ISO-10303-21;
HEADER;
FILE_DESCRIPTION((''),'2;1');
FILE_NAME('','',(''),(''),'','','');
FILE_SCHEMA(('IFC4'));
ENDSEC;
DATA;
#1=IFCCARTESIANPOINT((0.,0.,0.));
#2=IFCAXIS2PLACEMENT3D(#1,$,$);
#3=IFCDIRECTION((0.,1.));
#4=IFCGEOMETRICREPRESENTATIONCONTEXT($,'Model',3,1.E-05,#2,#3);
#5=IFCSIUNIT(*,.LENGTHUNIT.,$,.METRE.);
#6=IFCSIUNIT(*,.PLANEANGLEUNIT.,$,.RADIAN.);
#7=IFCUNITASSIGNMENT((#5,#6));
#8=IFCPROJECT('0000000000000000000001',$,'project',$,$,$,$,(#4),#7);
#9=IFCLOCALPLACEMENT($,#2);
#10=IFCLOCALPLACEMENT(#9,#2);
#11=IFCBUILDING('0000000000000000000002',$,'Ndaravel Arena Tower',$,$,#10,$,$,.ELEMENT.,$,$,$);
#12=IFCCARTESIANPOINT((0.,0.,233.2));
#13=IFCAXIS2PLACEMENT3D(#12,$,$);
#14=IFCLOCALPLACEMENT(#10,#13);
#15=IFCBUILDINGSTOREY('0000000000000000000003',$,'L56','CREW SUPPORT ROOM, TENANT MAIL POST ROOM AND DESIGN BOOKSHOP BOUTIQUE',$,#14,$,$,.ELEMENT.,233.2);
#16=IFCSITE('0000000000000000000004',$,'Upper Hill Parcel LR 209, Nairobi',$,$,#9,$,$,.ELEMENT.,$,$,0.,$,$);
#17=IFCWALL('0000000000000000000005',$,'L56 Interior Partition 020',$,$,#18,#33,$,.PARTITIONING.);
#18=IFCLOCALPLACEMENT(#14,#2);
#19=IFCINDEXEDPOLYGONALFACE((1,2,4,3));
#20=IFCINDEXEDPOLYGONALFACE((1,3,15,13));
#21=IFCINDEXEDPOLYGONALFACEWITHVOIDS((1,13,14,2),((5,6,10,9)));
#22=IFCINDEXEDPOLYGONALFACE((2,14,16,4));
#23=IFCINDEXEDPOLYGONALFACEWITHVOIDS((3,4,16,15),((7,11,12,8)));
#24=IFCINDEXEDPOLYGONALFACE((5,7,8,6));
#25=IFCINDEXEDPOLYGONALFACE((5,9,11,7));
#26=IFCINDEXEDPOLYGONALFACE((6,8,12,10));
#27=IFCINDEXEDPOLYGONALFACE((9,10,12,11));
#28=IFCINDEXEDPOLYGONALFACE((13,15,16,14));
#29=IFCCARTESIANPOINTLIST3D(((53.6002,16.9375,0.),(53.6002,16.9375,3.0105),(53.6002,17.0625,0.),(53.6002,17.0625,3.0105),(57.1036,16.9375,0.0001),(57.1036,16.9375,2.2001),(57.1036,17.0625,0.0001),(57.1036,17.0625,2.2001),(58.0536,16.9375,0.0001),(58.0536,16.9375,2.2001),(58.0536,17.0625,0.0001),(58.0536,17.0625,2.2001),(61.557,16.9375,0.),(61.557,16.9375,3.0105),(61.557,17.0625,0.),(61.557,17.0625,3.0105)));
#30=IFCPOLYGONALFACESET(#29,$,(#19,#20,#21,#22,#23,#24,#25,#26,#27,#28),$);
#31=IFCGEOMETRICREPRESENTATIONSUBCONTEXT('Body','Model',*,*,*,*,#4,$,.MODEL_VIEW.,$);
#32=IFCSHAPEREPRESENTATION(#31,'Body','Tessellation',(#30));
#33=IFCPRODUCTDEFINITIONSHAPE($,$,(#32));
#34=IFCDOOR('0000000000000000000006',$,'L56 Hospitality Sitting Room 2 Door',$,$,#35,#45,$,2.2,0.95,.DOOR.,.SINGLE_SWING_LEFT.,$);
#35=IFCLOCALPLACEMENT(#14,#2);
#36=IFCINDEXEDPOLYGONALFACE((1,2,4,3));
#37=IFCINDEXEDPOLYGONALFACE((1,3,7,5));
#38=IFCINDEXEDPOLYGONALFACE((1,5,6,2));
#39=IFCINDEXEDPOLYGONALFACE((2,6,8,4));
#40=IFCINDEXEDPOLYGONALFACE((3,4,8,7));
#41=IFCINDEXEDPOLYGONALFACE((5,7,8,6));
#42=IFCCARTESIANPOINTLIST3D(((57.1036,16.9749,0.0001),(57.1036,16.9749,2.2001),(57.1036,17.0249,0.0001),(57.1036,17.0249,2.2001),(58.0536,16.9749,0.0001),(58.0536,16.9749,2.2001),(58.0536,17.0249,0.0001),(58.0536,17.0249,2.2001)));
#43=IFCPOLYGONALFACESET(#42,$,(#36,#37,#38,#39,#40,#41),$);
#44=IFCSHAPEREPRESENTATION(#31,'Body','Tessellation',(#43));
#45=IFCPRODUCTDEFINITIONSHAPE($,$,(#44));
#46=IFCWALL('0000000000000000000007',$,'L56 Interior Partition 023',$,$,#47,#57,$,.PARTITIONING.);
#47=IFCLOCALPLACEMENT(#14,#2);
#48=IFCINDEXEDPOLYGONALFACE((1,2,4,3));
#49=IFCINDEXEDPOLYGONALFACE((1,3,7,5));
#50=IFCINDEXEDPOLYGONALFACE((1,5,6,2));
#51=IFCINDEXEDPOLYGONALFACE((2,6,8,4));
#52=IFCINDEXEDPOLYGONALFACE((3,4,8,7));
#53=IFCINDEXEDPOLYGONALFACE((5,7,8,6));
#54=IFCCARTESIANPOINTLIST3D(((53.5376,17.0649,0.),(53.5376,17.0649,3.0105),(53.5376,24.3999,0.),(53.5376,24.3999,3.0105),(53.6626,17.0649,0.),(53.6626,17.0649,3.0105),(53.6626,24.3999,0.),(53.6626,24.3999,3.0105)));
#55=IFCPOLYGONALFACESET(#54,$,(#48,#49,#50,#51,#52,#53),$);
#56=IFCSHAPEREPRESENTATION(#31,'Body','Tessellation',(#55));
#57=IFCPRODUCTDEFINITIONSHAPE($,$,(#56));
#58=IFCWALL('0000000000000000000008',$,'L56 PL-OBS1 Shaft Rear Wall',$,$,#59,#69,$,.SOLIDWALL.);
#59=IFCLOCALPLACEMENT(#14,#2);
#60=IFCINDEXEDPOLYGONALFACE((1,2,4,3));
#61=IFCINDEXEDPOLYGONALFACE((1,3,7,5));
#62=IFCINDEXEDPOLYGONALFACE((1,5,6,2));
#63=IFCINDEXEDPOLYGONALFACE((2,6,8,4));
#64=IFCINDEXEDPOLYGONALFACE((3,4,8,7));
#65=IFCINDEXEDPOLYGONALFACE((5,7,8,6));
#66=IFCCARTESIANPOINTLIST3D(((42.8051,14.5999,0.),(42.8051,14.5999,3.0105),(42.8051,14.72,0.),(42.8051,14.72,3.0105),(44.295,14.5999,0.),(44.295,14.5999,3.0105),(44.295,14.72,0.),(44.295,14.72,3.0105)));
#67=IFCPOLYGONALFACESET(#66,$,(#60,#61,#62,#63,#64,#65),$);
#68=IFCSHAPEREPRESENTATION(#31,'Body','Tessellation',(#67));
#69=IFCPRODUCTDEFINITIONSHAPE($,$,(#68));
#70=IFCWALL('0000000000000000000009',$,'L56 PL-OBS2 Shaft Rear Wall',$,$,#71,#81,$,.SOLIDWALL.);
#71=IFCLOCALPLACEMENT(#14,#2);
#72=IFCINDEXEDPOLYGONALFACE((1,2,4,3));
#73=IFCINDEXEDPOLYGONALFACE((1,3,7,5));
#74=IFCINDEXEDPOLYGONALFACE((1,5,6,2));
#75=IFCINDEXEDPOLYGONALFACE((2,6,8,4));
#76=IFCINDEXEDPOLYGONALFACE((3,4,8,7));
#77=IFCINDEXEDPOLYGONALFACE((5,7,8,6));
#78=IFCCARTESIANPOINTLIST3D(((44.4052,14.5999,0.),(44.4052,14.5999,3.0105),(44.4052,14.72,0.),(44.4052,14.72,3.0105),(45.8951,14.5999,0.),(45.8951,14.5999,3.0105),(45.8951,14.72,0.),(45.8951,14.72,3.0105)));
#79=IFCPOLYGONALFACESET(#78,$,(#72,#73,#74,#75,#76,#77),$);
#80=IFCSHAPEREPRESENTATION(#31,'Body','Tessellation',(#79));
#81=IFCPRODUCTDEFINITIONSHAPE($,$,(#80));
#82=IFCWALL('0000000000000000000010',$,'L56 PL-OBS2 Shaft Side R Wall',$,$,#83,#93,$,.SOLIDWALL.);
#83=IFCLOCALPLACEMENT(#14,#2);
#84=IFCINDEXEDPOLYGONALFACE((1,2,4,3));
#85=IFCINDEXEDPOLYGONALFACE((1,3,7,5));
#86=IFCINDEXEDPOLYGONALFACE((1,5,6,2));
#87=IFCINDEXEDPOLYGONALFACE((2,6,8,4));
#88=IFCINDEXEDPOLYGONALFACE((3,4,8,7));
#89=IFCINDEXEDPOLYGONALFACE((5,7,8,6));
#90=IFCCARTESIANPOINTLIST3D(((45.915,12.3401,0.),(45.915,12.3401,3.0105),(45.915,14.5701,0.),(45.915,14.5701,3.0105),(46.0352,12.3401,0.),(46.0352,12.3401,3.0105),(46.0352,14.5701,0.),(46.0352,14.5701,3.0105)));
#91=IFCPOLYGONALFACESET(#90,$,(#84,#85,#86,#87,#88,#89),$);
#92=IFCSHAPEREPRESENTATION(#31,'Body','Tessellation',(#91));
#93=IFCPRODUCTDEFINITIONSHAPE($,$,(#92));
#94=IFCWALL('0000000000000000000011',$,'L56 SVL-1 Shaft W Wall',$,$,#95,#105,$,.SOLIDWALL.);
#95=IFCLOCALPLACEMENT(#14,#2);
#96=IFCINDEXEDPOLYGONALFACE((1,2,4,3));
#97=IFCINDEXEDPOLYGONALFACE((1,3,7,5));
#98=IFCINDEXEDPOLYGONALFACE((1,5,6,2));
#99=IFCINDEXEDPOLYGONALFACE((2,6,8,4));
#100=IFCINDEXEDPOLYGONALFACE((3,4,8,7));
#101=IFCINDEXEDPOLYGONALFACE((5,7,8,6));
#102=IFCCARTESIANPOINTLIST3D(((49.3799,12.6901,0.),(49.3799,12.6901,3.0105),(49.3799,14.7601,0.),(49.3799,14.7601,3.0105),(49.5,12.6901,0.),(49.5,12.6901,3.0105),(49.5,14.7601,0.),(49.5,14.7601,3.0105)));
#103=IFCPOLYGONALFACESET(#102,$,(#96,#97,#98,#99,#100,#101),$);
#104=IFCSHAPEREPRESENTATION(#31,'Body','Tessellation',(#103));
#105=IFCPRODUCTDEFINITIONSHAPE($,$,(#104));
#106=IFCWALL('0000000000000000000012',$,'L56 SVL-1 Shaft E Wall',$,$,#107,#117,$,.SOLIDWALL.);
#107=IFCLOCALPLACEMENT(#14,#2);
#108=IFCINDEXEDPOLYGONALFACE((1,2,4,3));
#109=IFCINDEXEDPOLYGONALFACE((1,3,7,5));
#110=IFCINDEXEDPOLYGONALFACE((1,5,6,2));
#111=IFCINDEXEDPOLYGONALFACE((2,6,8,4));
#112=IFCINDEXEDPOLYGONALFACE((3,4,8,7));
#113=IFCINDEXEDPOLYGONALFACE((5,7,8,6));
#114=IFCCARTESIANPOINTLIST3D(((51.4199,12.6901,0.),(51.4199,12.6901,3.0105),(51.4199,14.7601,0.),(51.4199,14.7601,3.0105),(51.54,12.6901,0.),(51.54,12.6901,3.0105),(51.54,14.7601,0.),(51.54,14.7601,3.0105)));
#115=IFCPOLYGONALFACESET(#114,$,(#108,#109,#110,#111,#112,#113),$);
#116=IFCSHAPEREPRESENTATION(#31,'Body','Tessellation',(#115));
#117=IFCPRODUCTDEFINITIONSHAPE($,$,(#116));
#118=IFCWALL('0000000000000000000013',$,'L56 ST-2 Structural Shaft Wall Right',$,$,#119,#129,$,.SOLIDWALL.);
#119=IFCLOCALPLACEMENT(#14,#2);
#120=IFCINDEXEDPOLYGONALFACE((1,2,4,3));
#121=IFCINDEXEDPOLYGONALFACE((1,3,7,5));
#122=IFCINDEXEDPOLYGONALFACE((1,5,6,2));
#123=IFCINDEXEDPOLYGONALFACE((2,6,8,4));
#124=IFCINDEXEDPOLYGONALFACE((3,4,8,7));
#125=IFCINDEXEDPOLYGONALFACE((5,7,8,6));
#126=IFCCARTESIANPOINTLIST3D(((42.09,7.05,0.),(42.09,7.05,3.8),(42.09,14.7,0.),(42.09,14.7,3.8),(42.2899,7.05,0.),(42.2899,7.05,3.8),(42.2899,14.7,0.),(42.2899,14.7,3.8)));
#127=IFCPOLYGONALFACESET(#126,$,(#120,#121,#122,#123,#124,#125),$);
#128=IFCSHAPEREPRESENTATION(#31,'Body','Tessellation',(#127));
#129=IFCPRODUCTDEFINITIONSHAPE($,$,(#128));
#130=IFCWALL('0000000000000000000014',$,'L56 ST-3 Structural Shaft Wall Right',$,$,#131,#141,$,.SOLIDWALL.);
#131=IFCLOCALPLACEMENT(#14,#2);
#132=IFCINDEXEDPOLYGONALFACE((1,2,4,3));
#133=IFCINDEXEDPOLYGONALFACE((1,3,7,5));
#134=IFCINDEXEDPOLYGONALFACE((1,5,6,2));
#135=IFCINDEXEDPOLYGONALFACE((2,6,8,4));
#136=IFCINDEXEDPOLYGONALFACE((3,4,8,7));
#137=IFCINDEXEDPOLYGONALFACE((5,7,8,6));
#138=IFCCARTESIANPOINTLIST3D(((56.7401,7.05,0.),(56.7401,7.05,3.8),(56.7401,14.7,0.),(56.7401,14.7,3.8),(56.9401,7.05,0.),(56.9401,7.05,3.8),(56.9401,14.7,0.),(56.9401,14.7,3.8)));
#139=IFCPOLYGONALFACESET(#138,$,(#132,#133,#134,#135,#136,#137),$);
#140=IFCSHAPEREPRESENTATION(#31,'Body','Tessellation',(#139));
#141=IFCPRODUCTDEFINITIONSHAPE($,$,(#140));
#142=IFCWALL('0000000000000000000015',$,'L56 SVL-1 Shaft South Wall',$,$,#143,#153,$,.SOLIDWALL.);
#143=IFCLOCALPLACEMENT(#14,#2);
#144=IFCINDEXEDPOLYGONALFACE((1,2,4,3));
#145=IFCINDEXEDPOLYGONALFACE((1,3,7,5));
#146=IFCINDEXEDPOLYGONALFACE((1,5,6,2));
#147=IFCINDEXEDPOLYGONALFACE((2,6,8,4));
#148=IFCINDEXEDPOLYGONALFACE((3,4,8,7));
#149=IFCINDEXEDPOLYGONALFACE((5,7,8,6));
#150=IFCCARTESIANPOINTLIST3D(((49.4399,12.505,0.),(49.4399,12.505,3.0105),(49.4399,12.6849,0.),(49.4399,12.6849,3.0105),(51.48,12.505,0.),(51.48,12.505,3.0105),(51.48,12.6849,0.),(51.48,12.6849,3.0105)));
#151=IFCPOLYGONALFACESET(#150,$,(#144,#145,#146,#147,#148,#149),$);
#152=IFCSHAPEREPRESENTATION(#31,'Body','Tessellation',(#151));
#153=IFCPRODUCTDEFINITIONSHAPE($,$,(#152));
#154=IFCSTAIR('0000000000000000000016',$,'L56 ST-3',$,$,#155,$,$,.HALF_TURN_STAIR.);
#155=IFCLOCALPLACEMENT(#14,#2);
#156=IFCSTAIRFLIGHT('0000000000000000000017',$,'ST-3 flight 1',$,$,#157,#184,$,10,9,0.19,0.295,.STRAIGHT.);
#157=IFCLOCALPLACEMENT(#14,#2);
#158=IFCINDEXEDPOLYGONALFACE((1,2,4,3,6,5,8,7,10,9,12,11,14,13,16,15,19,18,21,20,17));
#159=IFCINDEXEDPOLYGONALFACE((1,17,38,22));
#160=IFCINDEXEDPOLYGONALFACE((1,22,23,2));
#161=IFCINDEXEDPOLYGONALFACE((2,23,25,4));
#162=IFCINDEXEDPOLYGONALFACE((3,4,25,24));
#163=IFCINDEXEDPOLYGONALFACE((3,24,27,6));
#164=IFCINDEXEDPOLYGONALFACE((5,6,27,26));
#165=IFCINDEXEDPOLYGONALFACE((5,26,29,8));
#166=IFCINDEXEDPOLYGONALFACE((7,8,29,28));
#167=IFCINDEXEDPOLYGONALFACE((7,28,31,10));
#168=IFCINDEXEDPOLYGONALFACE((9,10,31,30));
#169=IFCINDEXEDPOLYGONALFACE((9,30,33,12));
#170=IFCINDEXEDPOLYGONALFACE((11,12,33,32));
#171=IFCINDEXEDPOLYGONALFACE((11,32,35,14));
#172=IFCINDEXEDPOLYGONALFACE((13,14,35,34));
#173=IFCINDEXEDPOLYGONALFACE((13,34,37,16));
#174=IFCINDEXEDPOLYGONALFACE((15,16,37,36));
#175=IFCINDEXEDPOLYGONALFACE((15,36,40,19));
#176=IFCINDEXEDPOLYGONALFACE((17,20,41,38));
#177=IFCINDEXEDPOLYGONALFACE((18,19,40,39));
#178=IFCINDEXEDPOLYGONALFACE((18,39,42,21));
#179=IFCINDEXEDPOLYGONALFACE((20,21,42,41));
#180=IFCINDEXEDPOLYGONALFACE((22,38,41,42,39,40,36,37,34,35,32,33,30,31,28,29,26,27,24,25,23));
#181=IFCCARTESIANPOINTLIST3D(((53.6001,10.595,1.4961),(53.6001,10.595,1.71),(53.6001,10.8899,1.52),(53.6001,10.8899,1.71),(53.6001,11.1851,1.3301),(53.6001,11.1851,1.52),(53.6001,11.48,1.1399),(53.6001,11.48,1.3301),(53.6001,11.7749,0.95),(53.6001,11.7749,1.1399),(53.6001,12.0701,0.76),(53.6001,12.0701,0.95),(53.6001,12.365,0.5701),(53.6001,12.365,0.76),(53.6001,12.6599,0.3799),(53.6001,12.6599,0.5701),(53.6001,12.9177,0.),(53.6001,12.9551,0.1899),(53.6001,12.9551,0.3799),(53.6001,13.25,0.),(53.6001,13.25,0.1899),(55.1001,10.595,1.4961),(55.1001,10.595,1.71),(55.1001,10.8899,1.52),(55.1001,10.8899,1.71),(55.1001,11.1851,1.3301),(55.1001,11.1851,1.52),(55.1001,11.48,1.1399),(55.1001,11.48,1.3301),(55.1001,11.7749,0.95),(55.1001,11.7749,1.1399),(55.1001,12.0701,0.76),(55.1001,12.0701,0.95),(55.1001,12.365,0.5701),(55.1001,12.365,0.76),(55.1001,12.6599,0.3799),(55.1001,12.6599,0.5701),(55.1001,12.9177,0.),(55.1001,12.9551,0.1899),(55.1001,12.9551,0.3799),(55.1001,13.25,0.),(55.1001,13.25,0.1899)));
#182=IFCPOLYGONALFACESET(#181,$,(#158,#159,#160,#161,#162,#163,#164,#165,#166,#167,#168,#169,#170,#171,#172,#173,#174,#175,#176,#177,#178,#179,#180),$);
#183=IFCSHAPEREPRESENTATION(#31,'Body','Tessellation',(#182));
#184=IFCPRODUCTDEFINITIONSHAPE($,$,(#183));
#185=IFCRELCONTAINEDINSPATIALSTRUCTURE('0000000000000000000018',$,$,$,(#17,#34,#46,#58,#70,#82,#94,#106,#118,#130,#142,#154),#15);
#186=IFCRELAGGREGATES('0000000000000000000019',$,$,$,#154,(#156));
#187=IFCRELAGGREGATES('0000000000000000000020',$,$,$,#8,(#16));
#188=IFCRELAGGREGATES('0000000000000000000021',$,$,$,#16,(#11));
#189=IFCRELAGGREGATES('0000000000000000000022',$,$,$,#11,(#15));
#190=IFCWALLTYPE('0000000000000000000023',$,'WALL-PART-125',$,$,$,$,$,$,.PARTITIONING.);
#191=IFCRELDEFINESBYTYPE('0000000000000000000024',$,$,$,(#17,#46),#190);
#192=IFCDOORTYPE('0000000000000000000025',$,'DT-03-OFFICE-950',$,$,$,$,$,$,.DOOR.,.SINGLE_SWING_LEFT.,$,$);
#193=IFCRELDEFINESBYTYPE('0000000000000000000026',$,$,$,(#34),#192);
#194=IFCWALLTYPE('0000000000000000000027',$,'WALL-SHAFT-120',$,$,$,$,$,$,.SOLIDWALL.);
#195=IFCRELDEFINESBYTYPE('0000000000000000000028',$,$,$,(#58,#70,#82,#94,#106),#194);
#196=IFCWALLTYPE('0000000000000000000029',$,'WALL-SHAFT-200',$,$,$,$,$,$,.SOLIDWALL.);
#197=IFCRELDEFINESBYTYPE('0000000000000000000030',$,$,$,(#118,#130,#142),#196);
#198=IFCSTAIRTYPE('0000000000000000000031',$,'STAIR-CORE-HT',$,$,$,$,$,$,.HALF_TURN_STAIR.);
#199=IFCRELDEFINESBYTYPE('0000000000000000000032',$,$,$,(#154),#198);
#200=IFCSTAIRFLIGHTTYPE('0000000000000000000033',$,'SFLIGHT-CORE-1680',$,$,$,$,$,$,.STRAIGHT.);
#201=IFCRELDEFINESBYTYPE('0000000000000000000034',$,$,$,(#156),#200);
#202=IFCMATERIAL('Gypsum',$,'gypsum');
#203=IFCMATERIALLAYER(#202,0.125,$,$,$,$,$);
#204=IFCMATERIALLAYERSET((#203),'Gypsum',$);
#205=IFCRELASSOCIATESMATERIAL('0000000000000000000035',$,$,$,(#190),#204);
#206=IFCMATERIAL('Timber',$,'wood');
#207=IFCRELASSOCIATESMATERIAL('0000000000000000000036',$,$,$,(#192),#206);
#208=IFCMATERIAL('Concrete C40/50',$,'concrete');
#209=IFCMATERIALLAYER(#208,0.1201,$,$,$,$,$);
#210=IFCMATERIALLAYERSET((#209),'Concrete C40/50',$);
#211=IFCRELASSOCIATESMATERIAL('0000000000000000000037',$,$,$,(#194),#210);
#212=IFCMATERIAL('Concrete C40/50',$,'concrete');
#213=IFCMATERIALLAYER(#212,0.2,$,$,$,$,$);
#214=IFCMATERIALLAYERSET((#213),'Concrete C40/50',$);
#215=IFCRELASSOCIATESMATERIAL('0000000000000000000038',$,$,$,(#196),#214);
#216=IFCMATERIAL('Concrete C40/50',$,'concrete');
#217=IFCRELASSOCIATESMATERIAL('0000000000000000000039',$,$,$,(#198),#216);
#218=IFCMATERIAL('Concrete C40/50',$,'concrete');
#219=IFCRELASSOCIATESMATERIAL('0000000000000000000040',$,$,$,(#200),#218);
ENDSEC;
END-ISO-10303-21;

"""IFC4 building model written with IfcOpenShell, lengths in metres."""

from ifc_helpers import new_model, si_unit, direction, frame, frame_2d, origin, place, context, subcontext, project, spatial, polyline, rectangle, outline, extrude, material, layer, layer_set, type_object, element, fill, aggregate, save


model = new_model("IFC4")

# Units and contexts
model_context = context("Model", 3, precision=1e-05, world=origin(), true_north=direction((0.0, 1.0)))
body_context = subcontext(model_context, "Body", "Model", "MODEL_VIEW")
ifc_project = project(units=[si_unit("LENGTHUNIT", "METRE"), si_unit("PLANEANGLEUNIT", "RADIAN")], contexts=[model_context])

# Site, building, storey
site_placement = place(None, origin())
site = spatial("IfcSite", under=ifc_project, at=site_placement, Name="Upper Hill Parcel LR 209, Nairobi", CompositionType="ELEMENT", RefElevation=0.0)
building_placement = place(site_placement, origin())
building = spatial("IfcBuilding", under=site, at=building_placement, Name="Ndaravel Arena Tower", CompositionType="ELEMENT")
storey_placement = place(building_placement, frame((0.0, 0.0, 233.2)))
storey = spatial("IfcBuildingStorey", under=building, at=storey_placement, Name="L56", Description="CREW SUPPORT ROOM, TENANT MAIL POST ROOM AND DESIGN BOOKSHOP BOUTIQUE", CompositionType="ELEMENT", Elevation=233.2)

# Shared definitions
ifc_material_1 = material(Name="Gypsum", Category="gypsum")
ifc_layer_1 = layer(ifc_material_1, 0.125)
ifc_layer_set_1 = layer_set([ifc_layer_1], Name="Gypsum")
wall_type_1 = type_object("IfcWallType", Name="WALL-PART-125", PredefinedType="PARTITIONING", material=ifc_layer_set_1)
ifc_material_2 = material(Name="Timber", Category="wood")
door_type = type_object("IfcDoorType", Name="DT-03-OFFICE-950", OperationType="SINGLE_SWING_LEFT", PredefinedType="DOOR", material=ifc_material_2)

# Wall, opening, door
wall_1_placement = place(storey_placement, frame((53.6001, 17.0, 0.0), z_axis=(0.0, 0.0, 1.0), x_axis=(1.0, 0.0, 0.0)))
wall_1 = element("IfcWall", 1, at=wall_1_placement, inside=storey, type_object=wall_type_1, Name="L56 Interior Partition 020", PredefinedType="PARTITIONING", context=body_context, shape_type="SweptSolid", body=[
    extrude(rectangle(XDim=7.9568, YDim=0.125, at=frame_2d((3.9785, 0.0))), origin(), (0.0, 0.0, 1.0), 3.0105),
])
opening_1_placement = place(wall_1_placement, frame((3.5034, 0.0, 0.0)))
opening_1 = element("IfcOpeningElement", 2, at=opening_1_placement, cuts=wall_1, PredefinedType="OPENING", context=body_context, shape_type="SweptSolid", body=[
    extrude(rectangle(XDim=0.95, YDim=2.2, at=frame_2d((0.4751, 1.1001))), frame((0.0, 0.0625, 0.0), z_axis=(0.0, -1.0, 0.0), x_axis=(1.0, 0.0, 0.0)), (0.0, 0.0, 1.0), 0.125),
])
door_1_placement = place(opening_1_placement, origin())
door_1 = element("IfcDoor", 3, at=door_1_placement, inside=storey, type_object=door_type, Name="L56 Hospitality Sitting Room 2 Door", OperationType="SINGLE_SWING_LEFT", OverallHeight=2.2, OverallWidth=0.95, PredefinedType="DOOR", context=body_context, shape_type="SweptSolid", body=[
    extrude(rectangle(XDim=0.95, YDim=2.2, at=frame_2d((0.4751, 1.1001))), frame((0.0, 0.0249, 0.0), z_axis=(0.0, -1.0, 0.0), x_axis=(1.0, 0.0, 0.0)), (0.0, 0.0, 1.0), 0.05),
])
fill(opening_1, door_1)

# Walls
wall_2_placement = place(storey_placement, frame((53.6001, 24.3999, 0.0), z_axis=(0.0, 0.0, 1.0), x_axis=(0.0, -1.0, 0.0)))
element("IfcWall", 4, at=wall_2_placement, inside=storey, type_object=wall_type_1, Name="L56 Interior Partition 023", PredefinedType="PARTITIONING", context=body_context, shape_type="SweptSolid", body=[
    extrude(rectangle(XDim=7.335, YDim=0.125, at=frame_2d((3.6675, 0.0))), origin(), (0.0, 0.0, 1.0), 3.0105),
])
ifc_material_3 = material(Name="Concrete C40/50", Category="concrete")
ifc_layer_2 = layer(ifc_material_3, 0.1201)
ifc_layer_set_2 = layer_set([ifc_layer_2], Name="Concrete C40/50")
wall_type_2 = type_object("IfcWallType", Name="WALL-SHAFT-120", PredefinedType="SOLIDWALL", material=ifc_layer_set_2)
for number, where, z_axis, x_axis, name in (
    (5, (42.8049, 14.6599, 0.0), (0.0, 0.0, 1.0), (1.0, 0.0, 0.0), "L56 PL-OBS1 Shaft Rear Wall"),
    (6, (44.405, 14.6599, 0.0), (0.0, 0.0, 1.0), (1.0, 0.0, 0.0), "L56 PL-OBS2 Shaft Rear Wall"),
):
    element("IfcWall", number, at=place(storey_placement, frame(where, z_axis=z_axis, x_axis=x_axis)), inside=storey, type_object=wall_type_2, Name=name, PredefinedType="SOLIDWALL", context=body_context, shape_type="SweptSolid", body=[
        extrude(rectangle(XDim=1.49, YDim=0.1201, at=frame_2d((0.7451, 0.0))), origin(), (0.0, 0.0, 1.0), 3.0105),
    ])
wall_3_placement = place(storey_placement, frame((45.9751, 12.3401, 0.0), z_axis=(0.0, 0.0, 1.0), x_axis=(0.0, 1.0, 0.0)))
element("IfcWall", 7, at=wall_3_placement, inside=storey, type_object=wall_type_2, Name="L56 PL-OBS2 Shaft Side R Wall", PredefinedType="SOLIDWALL", context=body_context, shape_type="SweptSolid", body=[
    extrude(rectangle(XDim=2.23, YDim=0.1201, at=frame_2d((1.115, 0.0))), origin(), (0.0, 0.0, 1.0), 3.0105),
])
for number, where, z_axis, x_axis, name in (
    (8, (49.4399, 12.6899, 0.0), (0.0, 0.0, 1.0), (0.0, 1.0, 0.0), "L56 SVL-1 Shaft W Wall"),
    (9, (51.48, 12.6899, 0.0), (0.0, 0.0, 1.0), (0.0, 1.0, 0.0), "L56 SVL-1 Shaft E Wall"),
):
    element("IfcWall", number, at=place(storey_placement, frame(where, z_axis=z_axis, x_axis=x_axis)), inside=storey, type_object=wall_type_2, Name=name, PredefinedType="SOLIDWALL", context=body_context, shape_type="SweptSolid", body=[
        extrude(rectangle(XDim=2.0701, YDim=0.1201, at=frame_2d((1.0352, 0.0))), origin(), (0.0, 0.0, 1.0), 3.0105),
    ])
ifc_material_4 = material(Name="Concrete C40/50", Category="concrete")
ifc_layer_3 = layer(ifc_material_4, 0.2)
ifc_layer_set_3 = layer_set([ifc_layer_3], Name="Concrete C40/50")
wall_type_3 = type_object("IfcWallType", Name="WALL-SHAFT-200", PredefinedType="SOLIDWALL", material=ifc_layer_set_3)
for number, where, z_axis, x_axis, name in (
    (10, (42.1899, 14.7, 0.0), (0.0, 0.0, 1.0), (0.0, -1.0, 0.0), "L56 ST-2 Structural Shaft Wall Right"),
    (11, (56.8401, 14.7, 0.0), (0.0, 0.0, 1.0), (0.0, -1.0, 0.0), "L56 ST-3 Structural Shaft Wall Right"),
):
    element("IfcWall", number, at=place(storey_placement, frame(where, z_axis=z_axis, x_axis=x_axis)), inside=storey, type_object=wall_type_3, Name=name, PredefinedType="SOLIDWALL", context=body_context, shape_type="SweptSolid", body=[
        extrude(rectangle(XDim=7.6499, YDim=0.2, at=frame_2d((3.825, 0.0))), origin(), (0.0, 0.0, 1.0), 3.8),
    ])
wall_4_placement = place(storey_placement, frame((49.4399, 12.595, 0.0), z_axis=(0.0, 0.0, 1.0), x_axis=(1.0, 0.0, 0.0)))
element("IfcWall", 12, at=wall_4_placement, inside=storey, type_object=wall_type_3, Name="L56 SVL-1 Shaft South Wall", PredefinedType="SOLIDWALL", context=body_context, shape_type="SweptSolid", body=[
    extrude(rectangle(XDim=2.04, YDim=0.1799, at=frame_2d((1.02, 0.0))), origin(), (0.0, 0.0, 1.0), 3.0105),
])

# Stair, stair flight
ifc_material_5 = material(Name="Concrete C40/50", Category="concrete")
stair_type = type_object("IfcStairType", Name="STAIR-CORE-HT", PredefinedType="HALF_TURN_STAIR", material=ifc_material_5)
stair_placement = place(storey_placement, origin())
stair = element("IfcStair", 13, at=stair_placement, inside=storey, type_object=stair_type, Name="L56 ST-3", PredefinedType="HALF_TURN_STAIR")
ifc_material_6 = material(Name="Concrete C40/50", Category="concrete")
stair_flight_type = type_object("IfcStairFlightType", Name="SFLIGHT-CORE-1680", PredefinedType="STRAIGHT", material=ifc_material_6)
stair_flight_placement = place(storey_placement, frame((54.3501, 13.25, 0.0), z_axis=(0.0, 0.0, 1.0), x_axis=(0.0, -1.0, 0.0)))
stair_flight = element("IfcStairFlight", 14, at=stair_flight_placement, type_object=stair_flight_type, Name="ST-3 flight 1", NumberOfRisers=10, NumberOfTreads=9, PredefinedType="STRAIGHT", RiserHeight=0.19, TreadLength=0.295, context=body_context, shape_type="SweptSolid", body=[
    extrude(outline(polyline([(0.0, 0.0), (0.0, 0.1899), (0.2949, 0.1899), (0.2949, 0.3799), (0.5901, 0.3799), (0.5901, 0.5701), (0.885, 0.5701), (0.885, 0.76), (1.1799, 0.76), (1.1799, 0.95), (1.4751, 0.95), (1.4751, 1.1399), (1.77, 1.1399), (1.77, 1.3301), (2.0649, 1.3301), (2.0649, 1.52), (2.3601, 1.52), (2.3601, 1.71), (2.655, 1.71), (2.655, 1.8999), (2.655, 1.4961), (0.3323, 0.0), (0.0, 0.0)])), frame((0.0, 0.75, 0.0), z_axis=(0.0, -1.0, 0.0), x_axis=(1.0, 0.0, 0.0)), (0.0, 0.0, 1.0), 1.5),
])
aggregate(stair, [stair_flight])

save(model, "model.ifc")
